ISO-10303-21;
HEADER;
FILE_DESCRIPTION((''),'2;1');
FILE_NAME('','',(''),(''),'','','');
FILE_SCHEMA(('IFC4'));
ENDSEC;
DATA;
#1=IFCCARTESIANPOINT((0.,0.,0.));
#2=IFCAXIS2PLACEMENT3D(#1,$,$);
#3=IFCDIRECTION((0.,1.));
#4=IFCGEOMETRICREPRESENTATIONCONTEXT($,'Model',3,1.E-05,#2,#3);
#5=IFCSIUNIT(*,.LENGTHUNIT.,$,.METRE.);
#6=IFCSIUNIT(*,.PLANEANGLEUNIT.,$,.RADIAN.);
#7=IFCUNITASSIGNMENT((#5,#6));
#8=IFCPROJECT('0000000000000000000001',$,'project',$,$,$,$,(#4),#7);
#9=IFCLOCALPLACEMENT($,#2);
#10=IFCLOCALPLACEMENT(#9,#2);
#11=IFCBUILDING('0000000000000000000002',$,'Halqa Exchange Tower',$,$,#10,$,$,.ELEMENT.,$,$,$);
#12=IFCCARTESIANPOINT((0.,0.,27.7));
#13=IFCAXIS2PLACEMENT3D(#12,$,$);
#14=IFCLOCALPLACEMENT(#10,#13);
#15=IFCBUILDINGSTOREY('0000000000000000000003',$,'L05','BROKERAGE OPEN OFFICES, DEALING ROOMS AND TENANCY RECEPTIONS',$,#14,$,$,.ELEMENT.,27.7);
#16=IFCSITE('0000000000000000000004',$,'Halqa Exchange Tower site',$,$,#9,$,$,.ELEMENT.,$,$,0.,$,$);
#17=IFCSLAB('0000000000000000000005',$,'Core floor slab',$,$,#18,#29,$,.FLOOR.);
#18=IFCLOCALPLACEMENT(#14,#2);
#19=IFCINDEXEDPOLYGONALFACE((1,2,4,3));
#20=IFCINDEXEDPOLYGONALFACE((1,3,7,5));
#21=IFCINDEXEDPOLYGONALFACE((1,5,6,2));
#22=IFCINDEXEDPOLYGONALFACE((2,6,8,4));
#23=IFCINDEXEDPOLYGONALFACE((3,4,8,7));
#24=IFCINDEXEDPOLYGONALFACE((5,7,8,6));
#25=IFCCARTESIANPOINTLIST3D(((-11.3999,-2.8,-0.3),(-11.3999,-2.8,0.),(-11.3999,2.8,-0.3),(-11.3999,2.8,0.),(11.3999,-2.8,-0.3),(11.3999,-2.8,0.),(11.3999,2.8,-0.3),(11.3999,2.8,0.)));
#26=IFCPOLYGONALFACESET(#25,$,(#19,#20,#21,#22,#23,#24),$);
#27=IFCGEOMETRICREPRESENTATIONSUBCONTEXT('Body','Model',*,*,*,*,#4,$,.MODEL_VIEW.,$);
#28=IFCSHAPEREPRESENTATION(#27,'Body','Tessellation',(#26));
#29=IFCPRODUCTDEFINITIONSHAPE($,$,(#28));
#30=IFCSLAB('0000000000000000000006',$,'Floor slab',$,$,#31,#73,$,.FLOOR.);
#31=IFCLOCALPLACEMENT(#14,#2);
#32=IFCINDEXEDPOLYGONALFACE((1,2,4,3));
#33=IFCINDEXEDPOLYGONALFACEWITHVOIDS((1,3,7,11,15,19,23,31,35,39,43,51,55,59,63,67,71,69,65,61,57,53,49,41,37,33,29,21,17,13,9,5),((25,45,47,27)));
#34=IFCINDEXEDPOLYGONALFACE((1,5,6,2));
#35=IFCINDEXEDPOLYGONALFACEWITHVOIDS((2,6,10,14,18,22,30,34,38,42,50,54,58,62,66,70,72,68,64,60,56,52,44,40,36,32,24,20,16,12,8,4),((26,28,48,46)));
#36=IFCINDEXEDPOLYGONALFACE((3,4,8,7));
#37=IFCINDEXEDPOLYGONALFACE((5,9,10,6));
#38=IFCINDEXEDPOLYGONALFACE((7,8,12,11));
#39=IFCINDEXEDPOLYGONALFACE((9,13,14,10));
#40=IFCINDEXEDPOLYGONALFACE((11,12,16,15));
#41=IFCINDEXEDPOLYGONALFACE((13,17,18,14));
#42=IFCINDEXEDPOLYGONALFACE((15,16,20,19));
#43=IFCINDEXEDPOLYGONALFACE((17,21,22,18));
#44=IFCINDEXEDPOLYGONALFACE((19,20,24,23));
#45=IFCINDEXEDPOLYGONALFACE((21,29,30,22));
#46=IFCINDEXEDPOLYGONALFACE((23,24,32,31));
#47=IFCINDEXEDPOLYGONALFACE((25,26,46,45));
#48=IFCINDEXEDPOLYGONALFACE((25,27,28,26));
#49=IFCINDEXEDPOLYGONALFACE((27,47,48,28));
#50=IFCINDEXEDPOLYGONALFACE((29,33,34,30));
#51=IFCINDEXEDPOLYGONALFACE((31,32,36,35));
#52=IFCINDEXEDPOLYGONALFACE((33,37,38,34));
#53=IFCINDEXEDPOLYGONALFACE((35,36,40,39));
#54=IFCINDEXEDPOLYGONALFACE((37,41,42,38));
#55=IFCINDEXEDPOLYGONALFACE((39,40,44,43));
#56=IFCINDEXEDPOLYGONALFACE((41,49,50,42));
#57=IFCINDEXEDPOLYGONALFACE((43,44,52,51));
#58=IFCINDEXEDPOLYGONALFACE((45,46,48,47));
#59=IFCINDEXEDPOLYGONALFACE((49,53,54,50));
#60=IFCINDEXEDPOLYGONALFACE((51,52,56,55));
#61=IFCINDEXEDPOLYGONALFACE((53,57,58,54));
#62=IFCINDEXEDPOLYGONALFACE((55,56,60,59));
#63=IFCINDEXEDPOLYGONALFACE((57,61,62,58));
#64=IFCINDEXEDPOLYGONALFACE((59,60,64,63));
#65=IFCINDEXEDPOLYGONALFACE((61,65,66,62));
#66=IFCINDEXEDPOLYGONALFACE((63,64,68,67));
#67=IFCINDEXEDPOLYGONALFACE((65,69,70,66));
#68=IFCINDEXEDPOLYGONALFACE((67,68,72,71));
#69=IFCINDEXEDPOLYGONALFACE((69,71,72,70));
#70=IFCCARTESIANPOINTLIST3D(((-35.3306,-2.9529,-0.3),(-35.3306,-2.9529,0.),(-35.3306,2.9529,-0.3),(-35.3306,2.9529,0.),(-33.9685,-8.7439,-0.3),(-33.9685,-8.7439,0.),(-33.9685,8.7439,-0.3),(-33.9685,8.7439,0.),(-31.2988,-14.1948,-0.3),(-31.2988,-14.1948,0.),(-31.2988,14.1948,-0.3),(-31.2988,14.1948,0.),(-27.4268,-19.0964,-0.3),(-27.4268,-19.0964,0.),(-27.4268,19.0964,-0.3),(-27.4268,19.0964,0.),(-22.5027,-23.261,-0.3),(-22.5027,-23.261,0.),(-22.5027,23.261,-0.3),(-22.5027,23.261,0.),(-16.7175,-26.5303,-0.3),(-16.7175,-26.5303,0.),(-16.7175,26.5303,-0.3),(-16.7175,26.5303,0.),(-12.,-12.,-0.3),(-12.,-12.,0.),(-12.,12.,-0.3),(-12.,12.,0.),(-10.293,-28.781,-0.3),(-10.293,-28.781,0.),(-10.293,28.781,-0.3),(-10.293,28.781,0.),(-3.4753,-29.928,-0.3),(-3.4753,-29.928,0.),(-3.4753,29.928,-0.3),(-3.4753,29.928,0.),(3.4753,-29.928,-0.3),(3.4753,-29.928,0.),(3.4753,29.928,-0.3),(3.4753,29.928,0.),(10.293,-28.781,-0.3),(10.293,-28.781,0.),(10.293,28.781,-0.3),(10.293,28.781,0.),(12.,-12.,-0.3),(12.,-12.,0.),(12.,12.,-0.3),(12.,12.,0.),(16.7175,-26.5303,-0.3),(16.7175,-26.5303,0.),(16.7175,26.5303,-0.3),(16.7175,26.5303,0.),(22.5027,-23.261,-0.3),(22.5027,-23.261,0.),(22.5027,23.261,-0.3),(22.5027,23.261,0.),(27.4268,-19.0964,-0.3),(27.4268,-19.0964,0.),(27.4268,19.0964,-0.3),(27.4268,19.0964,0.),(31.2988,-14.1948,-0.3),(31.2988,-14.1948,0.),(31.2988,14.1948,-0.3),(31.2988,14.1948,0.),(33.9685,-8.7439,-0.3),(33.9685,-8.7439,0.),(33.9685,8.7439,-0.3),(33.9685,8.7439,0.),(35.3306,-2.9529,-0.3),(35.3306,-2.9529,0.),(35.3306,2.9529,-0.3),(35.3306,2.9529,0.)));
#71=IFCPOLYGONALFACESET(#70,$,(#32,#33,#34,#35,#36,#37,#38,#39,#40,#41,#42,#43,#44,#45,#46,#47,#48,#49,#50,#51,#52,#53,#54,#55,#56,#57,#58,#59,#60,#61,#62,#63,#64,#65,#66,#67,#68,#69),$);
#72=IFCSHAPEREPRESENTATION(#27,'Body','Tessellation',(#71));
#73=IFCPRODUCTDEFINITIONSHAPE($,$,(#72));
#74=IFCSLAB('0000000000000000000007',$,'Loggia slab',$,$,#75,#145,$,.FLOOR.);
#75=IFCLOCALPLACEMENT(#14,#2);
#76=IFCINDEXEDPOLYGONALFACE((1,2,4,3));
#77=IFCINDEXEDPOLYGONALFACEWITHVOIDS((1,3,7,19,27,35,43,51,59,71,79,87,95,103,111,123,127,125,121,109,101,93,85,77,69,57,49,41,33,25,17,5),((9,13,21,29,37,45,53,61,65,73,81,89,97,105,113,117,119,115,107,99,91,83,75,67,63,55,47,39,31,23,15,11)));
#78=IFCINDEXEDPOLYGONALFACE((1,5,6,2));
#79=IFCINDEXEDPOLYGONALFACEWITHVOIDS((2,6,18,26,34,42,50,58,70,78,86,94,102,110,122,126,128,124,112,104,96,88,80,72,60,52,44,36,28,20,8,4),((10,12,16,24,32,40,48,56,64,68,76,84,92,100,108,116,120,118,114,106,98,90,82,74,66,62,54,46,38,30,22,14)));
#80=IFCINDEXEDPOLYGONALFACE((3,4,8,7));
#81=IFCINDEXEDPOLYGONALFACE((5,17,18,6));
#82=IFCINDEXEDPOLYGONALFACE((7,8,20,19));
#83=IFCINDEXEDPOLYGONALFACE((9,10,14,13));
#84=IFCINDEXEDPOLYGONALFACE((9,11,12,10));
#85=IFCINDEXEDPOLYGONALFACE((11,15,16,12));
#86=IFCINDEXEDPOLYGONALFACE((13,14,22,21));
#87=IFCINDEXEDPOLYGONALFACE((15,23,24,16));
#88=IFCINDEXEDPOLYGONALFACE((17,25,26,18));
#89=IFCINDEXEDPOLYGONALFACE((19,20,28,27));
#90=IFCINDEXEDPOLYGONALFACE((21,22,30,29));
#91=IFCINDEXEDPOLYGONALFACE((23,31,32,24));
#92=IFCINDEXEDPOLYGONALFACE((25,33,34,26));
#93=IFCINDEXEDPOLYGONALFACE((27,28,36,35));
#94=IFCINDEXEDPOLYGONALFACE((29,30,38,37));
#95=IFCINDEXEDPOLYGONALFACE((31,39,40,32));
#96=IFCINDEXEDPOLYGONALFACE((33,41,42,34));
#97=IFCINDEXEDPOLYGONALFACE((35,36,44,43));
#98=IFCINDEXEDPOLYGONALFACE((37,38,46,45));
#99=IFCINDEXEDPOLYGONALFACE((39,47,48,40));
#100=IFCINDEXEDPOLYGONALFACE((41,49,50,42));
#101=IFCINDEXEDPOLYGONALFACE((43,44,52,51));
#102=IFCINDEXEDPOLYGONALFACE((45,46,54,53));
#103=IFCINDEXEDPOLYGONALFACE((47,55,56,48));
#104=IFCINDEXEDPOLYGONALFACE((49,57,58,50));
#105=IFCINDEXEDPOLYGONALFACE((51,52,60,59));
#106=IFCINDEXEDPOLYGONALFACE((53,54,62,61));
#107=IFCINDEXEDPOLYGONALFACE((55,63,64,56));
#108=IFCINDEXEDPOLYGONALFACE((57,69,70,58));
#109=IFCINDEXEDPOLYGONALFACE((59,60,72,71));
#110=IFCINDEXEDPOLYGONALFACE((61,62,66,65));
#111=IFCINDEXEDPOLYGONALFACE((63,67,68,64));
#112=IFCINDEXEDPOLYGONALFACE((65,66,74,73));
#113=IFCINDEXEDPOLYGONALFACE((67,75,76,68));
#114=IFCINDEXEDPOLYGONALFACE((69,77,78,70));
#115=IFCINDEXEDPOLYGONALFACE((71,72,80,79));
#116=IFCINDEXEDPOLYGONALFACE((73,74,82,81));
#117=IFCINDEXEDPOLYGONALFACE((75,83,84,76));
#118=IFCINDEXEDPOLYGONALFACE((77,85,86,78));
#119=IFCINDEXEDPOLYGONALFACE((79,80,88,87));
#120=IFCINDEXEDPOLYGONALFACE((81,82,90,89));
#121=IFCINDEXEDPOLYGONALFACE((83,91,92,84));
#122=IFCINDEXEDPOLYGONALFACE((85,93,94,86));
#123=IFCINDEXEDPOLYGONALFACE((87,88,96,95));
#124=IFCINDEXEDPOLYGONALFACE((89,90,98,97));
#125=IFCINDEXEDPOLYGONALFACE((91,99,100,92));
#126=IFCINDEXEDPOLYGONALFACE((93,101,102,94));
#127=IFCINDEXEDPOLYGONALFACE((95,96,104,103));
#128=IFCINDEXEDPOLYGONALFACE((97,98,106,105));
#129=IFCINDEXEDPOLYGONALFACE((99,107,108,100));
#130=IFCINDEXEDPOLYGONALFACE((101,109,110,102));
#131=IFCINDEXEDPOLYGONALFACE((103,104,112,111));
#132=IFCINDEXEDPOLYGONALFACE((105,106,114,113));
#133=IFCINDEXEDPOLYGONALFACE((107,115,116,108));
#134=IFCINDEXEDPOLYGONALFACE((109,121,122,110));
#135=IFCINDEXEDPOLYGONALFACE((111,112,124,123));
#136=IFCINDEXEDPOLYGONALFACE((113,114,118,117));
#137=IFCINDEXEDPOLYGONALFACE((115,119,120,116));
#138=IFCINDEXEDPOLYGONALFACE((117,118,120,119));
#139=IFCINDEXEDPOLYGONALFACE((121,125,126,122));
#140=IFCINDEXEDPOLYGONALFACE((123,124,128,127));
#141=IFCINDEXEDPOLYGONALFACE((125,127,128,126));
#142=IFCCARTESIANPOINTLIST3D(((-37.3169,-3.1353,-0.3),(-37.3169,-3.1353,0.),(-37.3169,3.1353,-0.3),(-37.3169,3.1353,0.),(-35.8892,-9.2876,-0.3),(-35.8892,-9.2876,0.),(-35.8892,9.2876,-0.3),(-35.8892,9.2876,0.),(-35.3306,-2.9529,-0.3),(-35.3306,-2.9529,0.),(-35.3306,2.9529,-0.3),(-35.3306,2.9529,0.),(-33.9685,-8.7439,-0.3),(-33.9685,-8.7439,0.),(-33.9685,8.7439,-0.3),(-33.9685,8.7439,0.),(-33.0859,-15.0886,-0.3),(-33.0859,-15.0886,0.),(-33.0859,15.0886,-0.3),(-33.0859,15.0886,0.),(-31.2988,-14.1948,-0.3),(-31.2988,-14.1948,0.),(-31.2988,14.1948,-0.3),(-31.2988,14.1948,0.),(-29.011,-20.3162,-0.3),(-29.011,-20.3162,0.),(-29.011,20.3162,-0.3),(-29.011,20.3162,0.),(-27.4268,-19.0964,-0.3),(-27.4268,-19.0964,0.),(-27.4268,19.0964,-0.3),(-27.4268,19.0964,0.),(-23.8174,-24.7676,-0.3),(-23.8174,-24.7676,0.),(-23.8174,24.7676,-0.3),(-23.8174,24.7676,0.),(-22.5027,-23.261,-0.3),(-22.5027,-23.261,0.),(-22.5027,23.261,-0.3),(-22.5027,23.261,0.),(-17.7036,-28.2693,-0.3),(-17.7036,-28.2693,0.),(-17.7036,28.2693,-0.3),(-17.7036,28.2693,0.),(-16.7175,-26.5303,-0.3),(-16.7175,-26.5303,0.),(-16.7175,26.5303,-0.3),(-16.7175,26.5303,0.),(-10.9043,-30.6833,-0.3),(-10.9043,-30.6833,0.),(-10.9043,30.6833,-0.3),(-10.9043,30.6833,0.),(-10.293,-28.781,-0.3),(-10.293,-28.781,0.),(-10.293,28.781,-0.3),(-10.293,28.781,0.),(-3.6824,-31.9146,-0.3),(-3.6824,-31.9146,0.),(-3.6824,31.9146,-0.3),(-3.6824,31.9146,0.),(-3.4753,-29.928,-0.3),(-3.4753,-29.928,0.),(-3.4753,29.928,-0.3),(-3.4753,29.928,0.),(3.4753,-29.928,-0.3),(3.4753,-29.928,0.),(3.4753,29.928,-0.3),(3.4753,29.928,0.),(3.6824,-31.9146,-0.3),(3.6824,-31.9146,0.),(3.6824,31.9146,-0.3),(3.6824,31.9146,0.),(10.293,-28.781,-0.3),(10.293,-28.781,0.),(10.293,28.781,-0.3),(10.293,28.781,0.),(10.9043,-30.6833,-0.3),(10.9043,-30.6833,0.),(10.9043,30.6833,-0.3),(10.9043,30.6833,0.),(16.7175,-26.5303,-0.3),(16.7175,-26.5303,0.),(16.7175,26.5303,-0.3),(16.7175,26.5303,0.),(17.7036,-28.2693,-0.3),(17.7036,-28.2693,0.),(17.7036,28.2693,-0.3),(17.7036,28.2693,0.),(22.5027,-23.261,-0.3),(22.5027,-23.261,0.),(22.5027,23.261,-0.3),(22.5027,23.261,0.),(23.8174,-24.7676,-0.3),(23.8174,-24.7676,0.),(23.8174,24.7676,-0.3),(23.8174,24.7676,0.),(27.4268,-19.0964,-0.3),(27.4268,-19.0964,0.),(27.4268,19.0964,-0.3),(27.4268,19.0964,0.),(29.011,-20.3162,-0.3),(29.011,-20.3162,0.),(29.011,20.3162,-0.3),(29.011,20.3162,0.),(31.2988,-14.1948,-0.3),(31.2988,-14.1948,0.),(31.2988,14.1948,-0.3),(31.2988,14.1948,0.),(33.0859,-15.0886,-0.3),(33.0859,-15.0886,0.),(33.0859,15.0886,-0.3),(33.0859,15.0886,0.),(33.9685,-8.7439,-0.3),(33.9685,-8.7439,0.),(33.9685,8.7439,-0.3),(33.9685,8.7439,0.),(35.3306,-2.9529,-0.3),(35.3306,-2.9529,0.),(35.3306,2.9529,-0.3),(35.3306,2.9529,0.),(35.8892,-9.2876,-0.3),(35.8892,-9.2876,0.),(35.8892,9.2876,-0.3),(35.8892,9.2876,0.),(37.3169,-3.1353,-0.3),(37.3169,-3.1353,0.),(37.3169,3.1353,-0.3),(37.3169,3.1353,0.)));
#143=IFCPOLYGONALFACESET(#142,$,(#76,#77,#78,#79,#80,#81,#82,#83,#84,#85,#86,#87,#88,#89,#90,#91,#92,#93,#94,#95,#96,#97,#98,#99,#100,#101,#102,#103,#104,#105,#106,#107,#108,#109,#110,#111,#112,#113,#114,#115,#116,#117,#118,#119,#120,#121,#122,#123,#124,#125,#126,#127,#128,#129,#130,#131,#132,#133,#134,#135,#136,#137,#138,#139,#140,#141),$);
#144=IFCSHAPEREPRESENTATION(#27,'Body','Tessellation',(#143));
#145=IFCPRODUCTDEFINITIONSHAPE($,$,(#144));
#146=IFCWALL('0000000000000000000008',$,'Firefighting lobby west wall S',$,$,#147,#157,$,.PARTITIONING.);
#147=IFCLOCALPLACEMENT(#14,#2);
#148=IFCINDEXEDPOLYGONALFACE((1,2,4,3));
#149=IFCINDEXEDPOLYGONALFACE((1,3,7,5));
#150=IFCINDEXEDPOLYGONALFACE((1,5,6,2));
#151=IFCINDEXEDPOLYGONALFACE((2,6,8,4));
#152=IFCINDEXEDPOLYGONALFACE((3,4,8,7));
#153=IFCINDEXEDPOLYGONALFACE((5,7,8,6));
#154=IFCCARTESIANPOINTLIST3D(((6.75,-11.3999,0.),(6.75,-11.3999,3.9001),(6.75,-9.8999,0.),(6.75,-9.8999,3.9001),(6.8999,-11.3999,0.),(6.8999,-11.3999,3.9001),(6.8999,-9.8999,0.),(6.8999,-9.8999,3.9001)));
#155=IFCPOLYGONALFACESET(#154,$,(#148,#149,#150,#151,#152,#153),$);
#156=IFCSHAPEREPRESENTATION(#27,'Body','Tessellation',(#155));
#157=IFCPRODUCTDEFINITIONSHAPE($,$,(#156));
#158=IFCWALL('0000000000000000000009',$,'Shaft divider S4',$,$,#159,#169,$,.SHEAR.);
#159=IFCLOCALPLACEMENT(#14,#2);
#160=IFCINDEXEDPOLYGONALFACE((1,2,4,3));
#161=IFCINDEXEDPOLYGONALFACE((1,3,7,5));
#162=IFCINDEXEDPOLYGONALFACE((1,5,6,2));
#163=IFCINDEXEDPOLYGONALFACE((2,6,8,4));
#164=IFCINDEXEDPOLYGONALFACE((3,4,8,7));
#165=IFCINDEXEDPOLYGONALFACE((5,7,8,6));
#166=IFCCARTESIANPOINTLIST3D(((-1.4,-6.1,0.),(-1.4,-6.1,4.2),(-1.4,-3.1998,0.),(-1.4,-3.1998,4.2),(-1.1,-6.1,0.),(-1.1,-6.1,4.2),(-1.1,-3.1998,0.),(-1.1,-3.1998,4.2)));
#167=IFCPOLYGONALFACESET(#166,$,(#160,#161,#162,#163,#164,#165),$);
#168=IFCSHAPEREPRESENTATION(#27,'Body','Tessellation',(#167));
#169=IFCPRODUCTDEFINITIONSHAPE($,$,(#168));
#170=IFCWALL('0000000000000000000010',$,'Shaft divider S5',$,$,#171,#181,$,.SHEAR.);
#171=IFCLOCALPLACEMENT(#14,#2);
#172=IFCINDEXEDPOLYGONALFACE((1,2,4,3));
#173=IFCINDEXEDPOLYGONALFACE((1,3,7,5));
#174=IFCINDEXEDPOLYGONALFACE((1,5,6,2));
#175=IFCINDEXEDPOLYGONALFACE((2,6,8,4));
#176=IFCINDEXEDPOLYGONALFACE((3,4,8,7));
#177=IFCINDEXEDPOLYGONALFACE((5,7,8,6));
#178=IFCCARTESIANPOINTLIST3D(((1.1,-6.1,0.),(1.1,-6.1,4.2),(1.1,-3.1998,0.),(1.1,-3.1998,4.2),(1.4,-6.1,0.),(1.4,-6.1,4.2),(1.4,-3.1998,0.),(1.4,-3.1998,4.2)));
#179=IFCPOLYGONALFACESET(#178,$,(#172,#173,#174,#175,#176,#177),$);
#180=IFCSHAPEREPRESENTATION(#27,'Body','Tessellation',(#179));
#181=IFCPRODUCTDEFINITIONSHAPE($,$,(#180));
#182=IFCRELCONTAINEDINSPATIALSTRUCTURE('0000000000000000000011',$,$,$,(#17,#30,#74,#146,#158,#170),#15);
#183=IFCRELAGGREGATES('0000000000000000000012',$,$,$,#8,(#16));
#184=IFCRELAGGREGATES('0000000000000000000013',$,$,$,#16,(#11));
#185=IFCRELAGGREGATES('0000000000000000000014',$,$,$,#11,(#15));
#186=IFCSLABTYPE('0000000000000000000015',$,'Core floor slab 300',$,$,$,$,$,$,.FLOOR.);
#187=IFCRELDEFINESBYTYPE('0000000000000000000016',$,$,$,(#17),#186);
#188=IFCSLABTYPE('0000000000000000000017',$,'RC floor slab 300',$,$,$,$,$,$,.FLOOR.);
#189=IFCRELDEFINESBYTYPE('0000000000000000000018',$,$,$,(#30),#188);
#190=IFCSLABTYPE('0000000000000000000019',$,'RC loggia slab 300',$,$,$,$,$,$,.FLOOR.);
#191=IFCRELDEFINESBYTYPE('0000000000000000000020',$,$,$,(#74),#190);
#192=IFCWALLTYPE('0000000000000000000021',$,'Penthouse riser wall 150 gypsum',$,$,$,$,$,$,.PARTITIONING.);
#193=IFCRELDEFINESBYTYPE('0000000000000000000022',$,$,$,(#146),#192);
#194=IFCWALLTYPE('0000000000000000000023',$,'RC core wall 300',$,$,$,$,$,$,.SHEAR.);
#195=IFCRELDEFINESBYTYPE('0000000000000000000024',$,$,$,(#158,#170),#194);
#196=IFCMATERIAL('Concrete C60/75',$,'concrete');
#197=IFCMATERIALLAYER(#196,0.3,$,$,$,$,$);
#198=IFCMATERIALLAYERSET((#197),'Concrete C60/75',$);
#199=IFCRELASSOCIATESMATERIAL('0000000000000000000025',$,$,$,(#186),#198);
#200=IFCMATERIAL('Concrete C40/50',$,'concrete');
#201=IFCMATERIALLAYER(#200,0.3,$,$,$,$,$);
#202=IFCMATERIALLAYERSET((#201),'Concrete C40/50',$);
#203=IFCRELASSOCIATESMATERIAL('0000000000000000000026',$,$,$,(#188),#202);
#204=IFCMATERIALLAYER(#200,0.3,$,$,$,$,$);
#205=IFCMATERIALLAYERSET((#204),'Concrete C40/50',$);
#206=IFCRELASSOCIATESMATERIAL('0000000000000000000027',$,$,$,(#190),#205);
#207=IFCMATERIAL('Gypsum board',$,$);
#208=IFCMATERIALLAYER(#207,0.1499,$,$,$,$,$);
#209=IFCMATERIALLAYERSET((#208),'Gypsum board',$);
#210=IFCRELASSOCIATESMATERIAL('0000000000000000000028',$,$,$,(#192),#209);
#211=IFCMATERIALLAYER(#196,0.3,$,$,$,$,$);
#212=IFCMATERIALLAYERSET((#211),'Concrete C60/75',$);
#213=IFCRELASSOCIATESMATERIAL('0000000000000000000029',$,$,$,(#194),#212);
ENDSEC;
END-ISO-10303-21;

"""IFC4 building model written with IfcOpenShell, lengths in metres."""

from ifc_helpers import new_model, si_unit, direction, frame, frame_2d, origin, place, context, subcontext, project, spatial, polyline, rectangle, outline, extrude, material, layer, layer_set, type_object, element, save


model = new_model("IFC4")

# Units and contexts
model_context = context("Model", 3, precision=1e-05, world=origin(), true_north=direction((0.0, 1.0)))
body_context = subcontext(model_context, "Body", "Model", "MODEL_VIEW")
ifc_project = project(units=[si_unit("LENGTHUNIT", "METRE"), si_unit("PLANEANGLEUNIT", "RADIAN")], contexts=[model_context])

# Site, building, storey
site_placement = place(None, origin())
site = spatial("IfcSite", under=ifc_project, at=site_placement, Name="Halqa Exchange Tower site", CompositionType="ELEMENT", RefElevation=0.0)
building_placement = place(site_placement, origin())
building = spatial("IfcBuilding", under=site, at=building_placement, Name="Halqa Exchange Tower", CompositionType="ELEMENT")
storey_placement = place(building_placement, frame((0.0, 0.0, 27.7)))
storey = spatial("IfcBuildingStorey", under=building, at=storey_placement, Name="L05", Description="BROKERAGE OPEN OFFICES, DEALING ROOMS AND TENANCY RECEPTIONS", CompositionType="ELEMENT", Elevation=27.7)

# Slabs
ifc_material_1 = material(Name="Concrete C60/75", Category="concrete")
ifc_layer_1 = layer(ifc_material_1, 0.3)
ifc_layer_set_1 = layer_set([ifc_layer_1], Name="Concrete C60/75")
slab_type_1 = type_object("IfcSlabType", Name="Core floor slab 300", PredefinedType="FLOOR", material=ifc_layer_set_1)
slab_1_placement = place(storey_placement, frame((0.0, 0.0, -0.3)))
element("IfcSlab", 1, at=slab_1_placement, inside=storey, type_object=slab_type_1, Name="Core floor slab", PredefinedType="FLOOR", context=body_context, shape_type="SweptSolid", body=[
    extrude(outline(polyline([(-11.3999, 2.8), (11.3999, 2.8), (11.3999, -2.8), (-11.3999, -2.8), (-11.3999, 2.8)])), origin(), (0.0, 0.0, 1.0), 0.3),
])
ifc_material_2 = material(Name="Concrete C40/50", Category="concrete")
ifc_layer_2 = layer(ifc_material_2, 0.3)
ifc_layer_set_2 = layer_set([ifc_layer_2], Name="Concrete C40/50")
slab_type_2 = type_object("IfcSlabType", Name="RC floor slab 300", PredefinedType="FLOOR", material=ifc_layer_set_2)
slab_2_placement = place(storey_placement, frame((0.0, 0.0, -0.3)))
element("IfcSlab", 2, at=slab_2_placement, inside=storey, type_object=slab_type_2, Name="Floor slab", PredefinedType="FLOOR", context=body_context, shape_type="SweptSolid", body=[
    extrude(outline(polyline([(35.3306, 2.9529), (33.9685, 8.7439), (31.2988, 14.1948), (27.4268, 19.0964), (22.5027, 23.261), (16.7175, 26.5303), (10.293, 28.781), (3.4753, 29.928), (-3.4753, 29.928), (-10.293, 28.781), (-16.7175, 26.5303), (-22.5027, 23.261), (-27.4268, 19.0964), (-31.2988, 14.1948), (-33.9685, 8.7439), (-35.3306, 2.9529), (-35.3306, -2.9529), (-33.9685, -8.7439), (-31.2988, -14.1948), (-27.4268, -19.0964), (-22.5027, -23.261), (-16.7175, -26.5303), (-10.293, -28.781), (-3.4753, -29.928), (3.4753, -29.928), (10.293, -28.781), (16.7175, -26.5303), (22.5027, -23.261), (27.4268, -19.0964), (31.2988, -14.1948), (33.9685, -8.7439), (35.3306, -2.9529), (35.3306, 2.9529)]), holes=[polyline([(-12.0, -12.0), (12.0, -12.0), (12.0, 12.0), (-12.0, 12.0), (-12.0, -12.0)])]), origin(), (0.0, 0.0, 1.0), 0.3),
])
ifc_layer_3 = layer(ifc_material_2, 0.3)
ifc_layer_set_3 = layer_set([ifc_layer_3], Name="Concrete C40/50")
slab_type_3 = type_object("IfcSlabType", Name="RC loggia slab 300", PredefinedType="FLOOR", material=ifc_layer_set_3)
slab_3_placement = place(storey_placement, frame((0.0, 0.0, -0.3)))
element("IfcSlab", 3, at=slab_3_placement, inside=storey, type_object=slab_type_3, Name="Loggia slab", PredefinedType="FLOOR", context=body_context, shape_type="SweptSolid", body=[
    extrude(outline(polyline([(37.3169, 3.1353), (37.3169, -3.1353), (35.8892, -9.2876), (33.0859, -15.0886), (29.011, -20.3162), (23.8174, -24.7676), (17.7036, -28.2693), (10.9043, -30.6833), (3.6824, -31.9146), (-3.6824, -31.9146), (-10.9043, -30.6833), (-17.7036, -28.2693), (-23.8174, -24.7676), (-29.011, -20.3162), (-33.0859, -15.0886), (-35.8892, -9.2876), (-37.3169, -3.1353), (-37.3169, 3.1353), (-35.8892, 9.2876), (-33.0859, 15.0886), (-29.011, 20.3162), (-23.8174, 24.7676), (-17.7036, 28.2693), (-10.9043, 30.6833), (-3.6824, 31.9146), (3.6824, 31.9146), (10.9043, 30.6833), (17.7036, 28.2693), (23.8174, 24.7676), (29.011, 20.3162), (33.0859, 15.0886), (35.8892, 9.2876), (37.3169, 3.1353)]), holes=[polyline([(35.3306, 2.9529), (33.9685, 8.7439), (31.2988, 14.1948), (27.4268, 19.0964), (22.5027, 23.261), (16.7175, 26.5303), (10.293, 28.781), (3.4753, 29.928), (-3.4753, 29.928), (-10.293, 28.781), (-16.7175, 26.5303), (-22.5027, 23.261), (-27.4268, 19.0964), (-31.2988, 14.1948), (-33.9685, 8.7439), (-35.3306, 2.9529), (-35.3306, -2.9529), (-33.9685, -8.7439), (-31.2988, -14.1948), (-27.4268, -19.0964), (-22.5027, -23.261), (-16.7175, -26.5303), (-10.293, -28.781), (-3.4753, -29.928), (3.4753, -29.928), (10.293, -28.781), (16.7175, -26.5303), (22.5027, -23.261), (27.4268, -19.0964), (31.2988, -14.1948), (33.9685, -8.7439), (35.3306, -2.9529), (35.3306, 2.9529)])]), origin(), (0.0, 0.0, 1.0), 0.3),
])

# Walls
ifc_material_3 = material(Name="Gypsum board")
ifc_layer_4 = layer(ifc_material_3, 0.1499)
ifc_layer_set_4 = layer_set([ifc_layer_4], Name="Gypsum board")
wall_type_1 = type_object("IfcWallType", Name="Penthouse riser wall 150 gypsum", PredefinedType="PARTITIONING", material=ifc_layer_set_4)
wall_1_placement = place(storey_placement, frame((6.825, -11.3999, 0.0), z_axis=(0.0, 0.0, 1.0), x_axis=(0.0, 1.0, 0.0)))
element("IfcWall", 4, at=wall_1_placement, inside=storey, type_object=wall_type_1, Name="Firefighting lobby west wall S", PredefinedType="PARTITIONING", context=body_context, shape_type="SweptSolid", body=[
    extrude(rectangle(XDim=1.5, YDim=0.1499, at=frame_2d((0.75, 0.0))), origin(), (0.0, 0.0, 1.0), 3.9001),
])
ifc_layer_5 = layer(ifc_material_1, 0.3)
ifc_layer_set_5 = layer_set([ifc_layer_5], Name="Concrete C60/75")
wall_type_2 = type_object("IfcWallType", Name="RC core wall 300", PredefinedType="SHEAR", material=ifc_layer_set_5)
for number, where, z_axis, x_axis, name in (
    (5, (-1.25, -6.1001, 0.0), (0.0, 0.0, 1.0), (0.0, 1.0, 0.0), "Shaft divider S4"),
    (6, (1.25, -6.1001, 0.0), (0.0, 0.0, 1.0), (0.0, 1.0, 0.0), "Shaft divider S5"),
):
    element("IfcWall", number, at=place(storey_placement, frame(where, z_axis=z_axis, x_axis=x_axis)), inside=storey, type_object=wall_type_2, Name=name, PredefinedType="SHEAR", context=body_context, shape_type="SweptSolid", body=[
        extrude(rectangle(XDim=2.9001, YDim=0.3, at=frame_2d((1.4502, 0.0))), origin(), (0.0, 0.0, 1.0), 4.2),
    ])

save(model, "model.ifc")
